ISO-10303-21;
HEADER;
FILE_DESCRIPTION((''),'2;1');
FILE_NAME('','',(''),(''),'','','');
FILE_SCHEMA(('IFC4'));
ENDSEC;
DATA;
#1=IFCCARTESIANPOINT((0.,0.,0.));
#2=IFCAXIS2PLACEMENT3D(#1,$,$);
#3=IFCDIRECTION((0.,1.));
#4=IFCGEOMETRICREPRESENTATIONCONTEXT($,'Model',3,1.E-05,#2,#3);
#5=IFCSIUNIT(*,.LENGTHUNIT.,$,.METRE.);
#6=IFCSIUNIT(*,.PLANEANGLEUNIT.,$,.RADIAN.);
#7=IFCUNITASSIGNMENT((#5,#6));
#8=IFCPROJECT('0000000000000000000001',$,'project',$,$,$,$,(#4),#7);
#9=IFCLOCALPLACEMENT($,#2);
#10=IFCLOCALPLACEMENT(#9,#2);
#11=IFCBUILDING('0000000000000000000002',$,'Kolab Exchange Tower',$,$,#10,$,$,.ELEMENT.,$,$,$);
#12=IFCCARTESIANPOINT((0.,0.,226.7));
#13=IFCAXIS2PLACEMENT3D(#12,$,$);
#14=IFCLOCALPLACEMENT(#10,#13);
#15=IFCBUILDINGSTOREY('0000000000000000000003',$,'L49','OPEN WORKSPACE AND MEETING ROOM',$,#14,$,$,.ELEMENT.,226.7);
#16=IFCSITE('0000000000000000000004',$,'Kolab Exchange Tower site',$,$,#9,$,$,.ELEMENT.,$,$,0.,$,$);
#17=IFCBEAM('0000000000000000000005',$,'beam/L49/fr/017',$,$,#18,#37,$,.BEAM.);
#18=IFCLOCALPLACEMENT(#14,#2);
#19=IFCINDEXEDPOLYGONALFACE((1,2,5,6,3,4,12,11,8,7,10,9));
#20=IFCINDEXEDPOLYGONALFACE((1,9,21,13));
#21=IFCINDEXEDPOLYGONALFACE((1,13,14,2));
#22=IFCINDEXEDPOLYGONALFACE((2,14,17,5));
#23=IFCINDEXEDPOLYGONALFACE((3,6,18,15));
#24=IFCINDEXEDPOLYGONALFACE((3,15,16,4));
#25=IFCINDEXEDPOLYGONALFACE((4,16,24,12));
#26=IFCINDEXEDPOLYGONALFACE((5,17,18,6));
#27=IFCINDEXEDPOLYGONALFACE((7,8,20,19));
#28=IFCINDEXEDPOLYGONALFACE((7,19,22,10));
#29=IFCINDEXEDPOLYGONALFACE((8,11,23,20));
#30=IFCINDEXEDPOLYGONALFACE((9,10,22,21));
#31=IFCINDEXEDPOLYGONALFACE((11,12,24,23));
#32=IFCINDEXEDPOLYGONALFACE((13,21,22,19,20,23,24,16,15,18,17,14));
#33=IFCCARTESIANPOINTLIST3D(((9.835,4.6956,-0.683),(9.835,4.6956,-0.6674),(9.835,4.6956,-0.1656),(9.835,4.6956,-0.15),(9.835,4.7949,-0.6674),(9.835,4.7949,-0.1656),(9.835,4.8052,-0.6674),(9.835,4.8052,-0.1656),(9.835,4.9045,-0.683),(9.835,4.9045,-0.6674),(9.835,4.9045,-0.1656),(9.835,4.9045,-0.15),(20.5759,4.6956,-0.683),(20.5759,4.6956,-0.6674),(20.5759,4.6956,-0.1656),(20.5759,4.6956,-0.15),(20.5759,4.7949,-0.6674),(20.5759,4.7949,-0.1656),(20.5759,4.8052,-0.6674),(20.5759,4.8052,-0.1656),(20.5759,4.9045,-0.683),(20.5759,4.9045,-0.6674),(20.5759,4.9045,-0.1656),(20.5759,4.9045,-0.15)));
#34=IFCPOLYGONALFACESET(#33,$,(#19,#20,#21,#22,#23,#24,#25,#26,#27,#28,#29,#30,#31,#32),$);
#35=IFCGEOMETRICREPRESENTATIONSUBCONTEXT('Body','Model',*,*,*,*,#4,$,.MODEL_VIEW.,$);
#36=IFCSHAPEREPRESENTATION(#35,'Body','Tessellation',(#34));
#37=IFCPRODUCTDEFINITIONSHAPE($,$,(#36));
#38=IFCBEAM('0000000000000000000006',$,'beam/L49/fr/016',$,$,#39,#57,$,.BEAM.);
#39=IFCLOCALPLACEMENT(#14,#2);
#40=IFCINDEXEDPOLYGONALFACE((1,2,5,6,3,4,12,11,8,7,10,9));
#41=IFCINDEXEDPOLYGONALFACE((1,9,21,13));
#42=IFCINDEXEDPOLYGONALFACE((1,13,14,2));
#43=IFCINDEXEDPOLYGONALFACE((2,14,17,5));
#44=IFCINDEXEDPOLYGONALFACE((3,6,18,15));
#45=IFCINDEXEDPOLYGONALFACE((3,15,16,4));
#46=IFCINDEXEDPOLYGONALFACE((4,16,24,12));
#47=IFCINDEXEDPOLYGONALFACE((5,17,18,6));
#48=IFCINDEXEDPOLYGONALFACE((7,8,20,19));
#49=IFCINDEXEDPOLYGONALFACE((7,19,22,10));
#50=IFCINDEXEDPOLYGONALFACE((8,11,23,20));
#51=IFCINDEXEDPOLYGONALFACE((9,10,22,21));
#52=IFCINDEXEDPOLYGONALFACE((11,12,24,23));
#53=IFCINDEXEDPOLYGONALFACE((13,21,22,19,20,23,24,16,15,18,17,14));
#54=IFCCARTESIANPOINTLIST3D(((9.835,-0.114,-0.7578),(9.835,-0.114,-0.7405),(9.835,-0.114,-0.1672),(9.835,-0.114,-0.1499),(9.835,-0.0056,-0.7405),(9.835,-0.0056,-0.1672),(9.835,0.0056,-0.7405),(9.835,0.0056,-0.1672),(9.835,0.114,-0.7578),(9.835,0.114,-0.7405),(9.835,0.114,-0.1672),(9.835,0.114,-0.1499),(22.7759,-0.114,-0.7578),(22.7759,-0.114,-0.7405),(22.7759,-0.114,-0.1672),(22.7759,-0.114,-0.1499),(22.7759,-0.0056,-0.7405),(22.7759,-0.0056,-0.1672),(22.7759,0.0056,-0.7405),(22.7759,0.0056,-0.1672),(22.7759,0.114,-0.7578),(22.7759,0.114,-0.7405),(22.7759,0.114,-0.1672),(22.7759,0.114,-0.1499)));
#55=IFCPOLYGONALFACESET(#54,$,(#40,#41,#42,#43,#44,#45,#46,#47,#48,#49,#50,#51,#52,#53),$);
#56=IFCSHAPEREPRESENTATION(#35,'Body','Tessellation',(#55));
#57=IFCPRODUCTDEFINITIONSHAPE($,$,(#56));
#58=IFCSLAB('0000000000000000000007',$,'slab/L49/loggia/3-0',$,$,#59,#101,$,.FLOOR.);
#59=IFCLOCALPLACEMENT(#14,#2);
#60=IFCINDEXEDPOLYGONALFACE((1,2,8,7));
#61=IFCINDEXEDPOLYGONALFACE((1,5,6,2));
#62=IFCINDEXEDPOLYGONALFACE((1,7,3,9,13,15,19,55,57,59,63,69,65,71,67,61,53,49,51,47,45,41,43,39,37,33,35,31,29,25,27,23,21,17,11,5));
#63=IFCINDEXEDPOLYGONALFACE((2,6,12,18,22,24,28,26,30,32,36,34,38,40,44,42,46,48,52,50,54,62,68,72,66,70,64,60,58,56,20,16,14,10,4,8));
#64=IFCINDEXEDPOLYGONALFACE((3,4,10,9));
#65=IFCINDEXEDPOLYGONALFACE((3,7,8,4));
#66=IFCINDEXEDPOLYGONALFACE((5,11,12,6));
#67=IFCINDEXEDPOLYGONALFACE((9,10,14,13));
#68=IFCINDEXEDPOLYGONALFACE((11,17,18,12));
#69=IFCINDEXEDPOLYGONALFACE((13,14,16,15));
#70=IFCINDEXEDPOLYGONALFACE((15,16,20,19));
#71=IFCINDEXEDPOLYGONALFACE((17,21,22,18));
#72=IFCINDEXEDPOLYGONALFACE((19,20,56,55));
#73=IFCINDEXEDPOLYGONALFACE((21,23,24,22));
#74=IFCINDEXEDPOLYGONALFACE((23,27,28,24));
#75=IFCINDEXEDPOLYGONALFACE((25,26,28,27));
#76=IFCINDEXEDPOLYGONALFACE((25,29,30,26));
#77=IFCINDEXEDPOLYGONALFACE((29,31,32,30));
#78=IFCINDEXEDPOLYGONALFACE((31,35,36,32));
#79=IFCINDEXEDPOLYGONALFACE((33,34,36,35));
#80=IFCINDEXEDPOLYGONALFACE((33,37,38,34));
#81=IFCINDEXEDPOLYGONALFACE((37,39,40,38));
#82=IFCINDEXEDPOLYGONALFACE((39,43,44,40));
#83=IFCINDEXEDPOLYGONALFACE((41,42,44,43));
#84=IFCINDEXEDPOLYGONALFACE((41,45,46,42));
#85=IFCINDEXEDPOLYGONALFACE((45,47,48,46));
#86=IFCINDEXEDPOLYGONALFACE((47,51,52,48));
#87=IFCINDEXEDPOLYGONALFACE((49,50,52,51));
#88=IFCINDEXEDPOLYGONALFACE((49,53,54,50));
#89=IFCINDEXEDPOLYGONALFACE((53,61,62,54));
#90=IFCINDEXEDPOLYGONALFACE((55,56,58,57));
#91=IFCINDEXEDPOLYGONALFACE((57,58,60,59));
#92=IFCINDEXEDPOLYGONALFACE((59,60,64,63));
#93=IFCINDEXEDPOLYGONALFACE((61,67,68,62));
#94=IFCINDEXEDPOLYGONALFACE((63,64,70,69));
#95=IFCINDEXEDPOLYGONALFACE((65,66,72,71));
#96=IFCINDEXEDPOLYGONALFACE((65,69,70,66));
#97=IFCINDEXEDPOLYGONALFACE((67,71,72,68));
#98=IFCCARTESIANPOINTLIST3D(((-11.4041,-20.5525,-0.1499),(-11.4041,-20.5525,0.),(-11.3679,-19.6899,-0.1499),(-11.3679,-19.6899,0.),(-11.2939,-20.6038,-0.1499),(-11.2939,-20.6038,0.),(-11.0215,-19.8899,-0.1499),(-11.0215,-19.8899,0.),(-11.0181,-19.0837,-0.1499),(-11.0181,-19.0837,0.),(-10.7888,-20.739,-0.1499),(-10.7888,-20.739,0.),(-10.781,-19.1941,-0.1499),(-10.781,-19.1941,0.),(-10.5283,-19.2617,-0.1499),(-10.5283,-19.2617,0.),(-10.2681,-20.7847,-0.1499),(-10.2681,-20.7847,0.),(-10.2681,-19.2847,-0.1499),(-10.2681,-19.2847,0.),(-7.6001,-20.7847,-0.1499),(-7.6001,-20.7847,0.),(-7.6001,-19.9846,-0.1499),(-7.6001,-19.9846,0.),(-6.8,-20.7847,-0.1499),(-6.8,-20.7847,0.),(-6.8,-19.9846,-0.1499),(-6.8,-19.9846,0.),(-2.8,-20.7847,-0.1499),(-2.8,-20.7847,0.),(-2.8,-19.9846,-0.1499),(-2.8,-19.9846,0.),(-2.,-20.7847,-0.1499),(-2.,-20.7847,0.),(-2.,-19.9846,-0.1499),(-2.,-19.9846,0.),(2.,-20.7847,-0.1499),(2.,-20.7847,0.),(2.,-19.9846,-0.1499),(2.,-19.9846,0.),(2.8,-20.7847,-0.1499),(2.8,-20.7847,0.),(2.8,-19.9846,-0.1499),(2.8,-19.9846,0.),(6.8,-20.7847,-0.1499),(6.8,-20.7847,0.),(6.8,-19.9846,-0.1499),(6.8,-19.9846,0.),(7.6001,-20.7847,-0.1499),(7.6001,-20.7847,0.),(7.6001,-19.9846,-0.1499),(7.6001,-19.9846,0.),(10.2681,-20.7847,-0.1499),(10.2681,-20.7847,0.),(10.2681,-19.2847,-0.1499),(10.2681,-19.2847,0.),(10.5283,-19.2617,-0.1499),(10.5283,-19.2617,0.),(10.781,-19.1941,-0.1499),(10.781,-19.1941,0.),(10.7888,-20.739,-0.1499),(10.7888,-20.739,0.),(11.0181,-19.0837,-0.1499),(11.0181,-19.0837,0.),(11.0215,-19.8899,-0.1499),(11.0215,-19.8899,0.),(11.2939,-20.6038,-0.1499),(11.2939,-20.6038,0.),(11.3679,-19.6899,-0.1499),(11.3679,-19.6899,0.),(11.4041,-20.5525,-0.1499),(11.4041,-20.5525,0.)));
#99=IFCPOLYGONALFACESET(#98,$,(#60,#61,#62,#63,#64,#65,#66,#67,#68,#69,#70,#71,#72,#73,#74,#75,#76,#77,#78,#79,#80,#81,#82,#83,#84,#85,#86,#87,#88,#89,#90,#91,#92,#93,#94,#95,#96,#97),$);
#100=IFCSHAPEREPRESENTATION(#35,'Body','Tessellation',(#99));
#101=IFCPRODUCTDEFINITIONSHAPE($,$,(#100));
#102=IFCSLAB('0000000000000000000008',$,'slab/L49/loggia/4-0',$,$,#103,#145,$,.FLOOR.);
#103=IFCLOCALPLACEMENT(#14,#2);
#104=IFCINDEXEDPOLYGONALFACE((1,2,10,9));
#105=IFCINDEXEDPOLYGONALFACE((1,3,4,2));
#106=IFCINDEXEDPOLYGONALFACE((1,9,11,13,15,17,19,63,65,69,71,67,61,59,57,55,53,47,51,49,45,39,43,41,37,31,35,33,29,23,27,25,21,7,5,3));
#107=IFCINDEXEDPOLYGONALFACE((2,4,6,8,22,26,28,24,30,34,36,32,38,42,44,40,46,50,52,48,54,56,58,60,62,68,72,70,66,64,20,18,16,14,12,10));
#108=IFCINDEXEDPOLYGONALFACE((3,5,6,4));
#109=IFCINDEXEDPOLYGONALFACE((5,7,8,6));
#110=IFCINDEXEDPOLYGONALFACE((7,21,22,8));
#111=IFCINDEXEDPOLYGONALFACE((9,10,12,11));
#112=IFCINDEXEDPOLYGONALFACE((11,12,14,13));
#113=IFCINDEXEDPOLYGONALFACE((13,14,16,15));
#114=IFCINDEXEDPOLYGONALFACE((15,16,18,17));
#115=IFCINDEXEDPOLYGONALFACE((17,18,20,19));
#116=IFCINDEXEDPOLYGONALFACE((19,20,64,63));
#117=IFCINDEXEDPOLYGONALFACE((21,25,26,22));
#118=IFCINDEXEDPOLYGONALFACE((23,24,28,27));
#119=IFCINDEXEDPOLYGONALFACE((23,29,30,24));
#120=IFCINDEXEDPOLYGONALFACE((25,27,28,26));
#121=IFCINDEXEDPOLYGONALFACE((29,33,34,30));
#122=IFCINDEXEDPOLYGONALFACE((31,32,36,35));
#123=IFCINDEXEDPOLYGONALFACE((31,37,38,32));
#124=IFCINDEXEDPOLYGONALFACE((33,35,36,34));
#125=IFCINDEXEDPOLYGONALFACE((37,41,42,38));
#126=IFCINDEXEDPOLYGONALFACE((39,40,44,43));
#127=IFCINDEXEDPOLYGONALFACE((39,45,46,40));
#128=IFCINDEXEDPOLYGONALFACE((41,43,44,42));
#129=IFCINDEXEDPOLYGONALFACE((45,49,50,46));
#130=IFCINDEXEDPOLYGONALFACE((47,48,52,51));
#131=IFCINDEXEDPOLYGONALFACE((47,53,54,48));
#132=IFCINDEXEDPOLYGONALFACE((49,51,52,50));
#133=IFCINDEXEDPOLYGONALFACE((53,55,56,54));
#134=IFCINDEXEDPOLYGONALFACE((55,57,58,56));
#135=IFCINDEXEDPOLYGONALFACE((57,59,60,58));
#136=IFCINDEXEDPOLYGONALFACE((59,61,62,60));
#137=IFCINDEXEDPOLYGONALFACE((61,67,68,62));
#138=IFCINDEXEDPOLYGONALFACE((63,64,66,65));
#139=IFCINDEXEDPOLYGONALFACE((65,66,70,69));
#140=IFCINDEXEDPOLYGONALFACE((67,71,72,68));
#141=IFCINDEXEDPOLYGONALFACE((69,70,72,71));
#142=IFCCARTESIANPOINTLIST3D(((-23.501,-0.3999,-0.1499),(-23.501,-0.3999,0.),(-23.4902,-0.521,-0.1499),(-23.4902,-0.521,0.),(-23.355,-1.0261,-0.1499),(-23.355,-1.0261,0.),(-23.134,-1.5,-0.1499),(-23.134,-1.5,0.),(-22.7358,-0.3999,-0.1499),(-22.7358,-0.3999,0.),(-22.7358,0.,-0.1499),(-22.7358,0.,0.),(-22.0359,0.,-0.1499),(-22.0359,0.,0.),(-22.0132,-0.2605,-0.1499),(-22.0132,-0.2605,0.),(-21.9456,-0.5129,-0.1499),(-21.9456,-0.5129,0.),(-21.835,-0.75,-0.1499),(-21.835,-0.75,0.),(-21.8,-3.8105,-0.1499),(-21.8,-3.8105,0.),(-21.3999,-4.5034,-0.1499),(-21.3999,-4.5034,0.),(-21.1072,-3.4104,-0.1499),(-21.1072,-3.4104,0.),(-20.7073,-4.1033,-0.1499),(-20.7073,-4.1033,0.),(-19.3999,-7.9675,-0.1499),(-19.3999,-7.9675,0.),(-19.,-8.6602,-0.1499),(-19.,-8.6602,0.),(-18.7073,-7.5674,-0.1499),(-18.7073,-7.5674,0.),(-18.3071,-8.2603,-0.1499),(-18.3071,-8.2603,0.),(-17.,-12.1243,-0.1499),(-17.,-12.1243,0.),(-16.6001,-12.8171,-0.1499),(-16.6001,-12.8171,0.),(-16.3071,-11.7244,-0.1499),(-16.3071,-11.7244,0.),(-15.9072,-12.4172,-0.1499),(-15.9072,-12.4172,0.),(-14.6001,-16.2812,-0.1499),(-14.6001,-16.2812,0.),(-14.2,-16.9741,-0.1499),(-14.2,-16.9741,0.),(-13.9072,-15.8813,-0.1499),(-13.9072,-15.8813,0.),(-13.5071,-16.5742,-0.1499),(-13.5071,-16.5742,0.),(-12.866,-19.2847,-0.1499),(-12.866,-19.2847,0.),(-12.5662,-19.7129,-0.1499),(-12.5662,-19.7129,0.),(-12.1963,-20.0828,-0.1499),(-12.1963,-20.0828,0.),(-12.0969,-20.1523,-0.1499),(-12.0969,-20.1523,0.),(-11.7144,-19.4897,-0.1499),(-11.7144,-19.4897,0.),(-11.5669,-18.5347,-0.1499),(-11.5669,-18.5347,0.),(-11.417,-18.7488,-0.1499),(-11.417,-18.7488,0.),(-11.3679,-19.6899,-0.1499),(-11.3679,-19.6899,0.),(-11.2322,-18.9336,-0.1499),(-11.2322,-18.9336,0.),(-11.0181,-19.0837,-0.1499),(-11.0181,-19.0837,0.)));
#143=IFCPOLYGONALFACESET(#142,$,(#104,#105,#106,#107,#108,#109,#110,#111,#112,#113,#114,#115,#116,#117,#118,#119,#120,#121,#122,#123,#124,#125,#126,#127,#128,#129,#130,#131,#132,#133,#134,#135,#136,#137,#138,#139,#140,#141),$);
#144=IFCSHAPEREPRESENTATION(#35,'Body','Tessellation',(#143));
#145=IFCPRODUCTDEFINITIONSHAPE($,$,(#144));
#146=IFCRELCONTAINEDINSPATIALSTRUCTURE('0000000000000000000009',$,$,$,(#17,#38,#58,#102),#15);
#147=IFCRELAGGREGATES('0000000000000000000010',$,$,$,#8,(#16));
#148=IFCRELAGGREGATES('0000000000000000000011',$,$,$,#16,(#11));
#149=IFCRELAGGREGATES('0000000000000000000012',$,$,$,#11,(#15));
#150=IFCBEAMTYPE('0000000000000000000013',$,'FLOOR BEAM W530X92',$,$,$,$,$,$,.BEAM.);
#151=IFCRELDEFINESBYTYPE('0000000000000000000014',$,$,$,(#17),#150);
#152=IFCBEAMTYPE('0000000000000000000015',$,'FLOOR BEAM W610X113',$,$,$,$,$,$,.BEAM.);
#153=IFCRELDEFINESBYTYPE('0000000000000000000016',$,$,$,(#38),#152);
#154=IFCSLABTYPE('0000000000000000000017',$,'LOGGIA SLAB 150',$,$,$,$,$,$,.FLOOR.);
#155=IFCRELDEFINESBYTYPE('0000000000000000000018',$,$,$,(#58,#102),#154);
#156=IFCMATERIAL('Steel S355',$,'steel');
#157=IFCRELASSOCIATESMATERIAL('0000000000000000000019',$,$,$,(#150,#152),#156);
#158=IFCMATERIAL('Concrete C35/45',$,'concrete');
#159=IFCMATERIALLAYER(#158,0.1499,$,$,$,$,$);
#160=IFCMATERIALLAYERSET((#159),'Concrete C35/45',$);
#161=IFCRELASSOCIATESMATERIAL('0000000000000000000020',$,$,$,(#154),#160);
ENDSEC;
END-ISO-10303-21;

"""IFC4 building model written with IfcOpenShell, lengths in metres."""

from ifc_helpers import new_model, si_unit, direction, frame, origin, origin_2d, place, context, subcontext, project, spatial, polyline, i_section, outline, extrude, material, layer, layer_set, material_profile, profile_set, type_object, element, save


model = new_model("IFC4")

# Units and contexts
model_context = context("Model", 3, precision=1e-05, world=origin(), true_north=direction((0.0, 1.0)))
body_context = subcontext(model_context, "Body", "Model", "MODEL_VIEW")
ifc_project = project(units=[si_unit("LENGTHUNIT", "METRE"), si_unit("PLANEANGLEUNIT", "RADIAN")], contexts=[model_context])

# Site, building, storey
site_placement = place(None, origin())
site = spatial("IfcSite", under=ifc_project, at=site_placement, Name="Kolab Exchange Tower site", CompositionType="ELEMENT", RefElevation=0.0)
building_placement = place(site_placement, origin())
building = spatial("IfcBuilding", under=site, at=building_placement, Name="Kolab Exchange Tower", CompositionType="ELEMENT")
storey_placement = place(building_placement, frame((0.0, 0.0, 226.7)))
storey = spatial("IfcBuildingStorey", under=building, at=storey_placement, Name="L49", Description="OPEN WORKSPACE AND MEETING ROOM", CompositionType="ELEMENT", Elevation=226.7)

# Beams
ifc_material_1 = material(Name="Steel S355", Category="steel")
ifc_material_profile_1 = material_profile(ifc_material_1, i_section(OverallWidth=0.209, OverallDepth=0.533, WebThickness=0.0103, FlangeThickness=0.0156, at=origin_2d()), Name="W530X92")
ifc_profile_set_1 = profile_set([ifc_material_profile_1], Name="Steel S355")
beam_type_1 = type_object("IfcBeamType", Name="FLOOR BEAM W530X92", PredefinedType="BEAM", material=ifc_profile_set_1)
beam_1_placement = place(storey_placement, frame((9.835, 4.8, -0.4165), z_axis=(1.0, 0.0, 0.0), x_axis=(0.0, 1.0, 0.0)))
element("IfcBeam", 1, at=beam_1_placement, inside=storey, type_object=beam_type_1, Name="beam/L49/fr/017", PredefinedType="BEAM", context=body_context, shape_type="SweptSolid", body=[
    extrude(i_section(OverallWidth=0.209, OverallDepth=0.533, WebThickness=0.0103, FlangeThickness=0.0156, at=origin_2d()), origin(), (0.0, 0.0, 1.0), 10.741),
])
ifc_material_profile_2 = material_profile(ifc_material_1, i_section(OverallWidth=0.228, OverallDepth=0.6079, WebThickness=0.0112, FlangeThickness=0.0173, at=origin_2d()), Name="W610X113")
ifc_profile_set_2 = profile_set([ifc_material_profile_2], Name="Steel S355")
beam_type_2 = type_object("IfcBeamType", Name="FLOOR BEAM W610X113", PredefinedType="BEAM", material=ifc_profile_set_2)
beam_2_placement = place(storey_placement, frame((9.835, 0.0, -0.4539), z_axis=(1.0, 0.0, 0.0), x_axis=(0.0, 1.0, 0.0)))
element("IfcBeam", 2, at=beam_2_placement, inside=storey, type_object=beam_type_2, Name="beam/L49/fr/016", PredefinedType="BEAM", context=body_context, shape_type="SweptSolid", body=[
    extrude(i_section(OverallWidth=0.228, OverallDepth=0.6079, WebThickness=0.0112, FlangeThickness=0.0173, at=origin_2d()), origin(), (0.0, 0.0, 1.0), 12.9409),
])

# Slabs
ifc_material_2 = material(Name="Concrete C35/45", Category="concrete")
ifc_layer_1 = layer(ifc_material_2, 0.1499)
ifc_layer_set_1 = layer_set([ifc_layer_1], Name="Concrete C35/45")
slab_type_1 = type_object("IfcSlabType", Name="LOGGIA SLAB 150", PredefinedType="FLOOR", material=ifc_layer_set_1)
slab_1_placement = place(storey_placement, frame((0.0, 0.0, -0.1499)))
element("IfcSlab", 3, at=slab_1_placement, inside=storey, type_object=slab_type_1, Name="slab/L49/loggia/3-0", PredefinedType="FLOOR", context=body_context, shape_type="SweptSolid", body=[
    extrude(outline(polyline([(-11.0181, -19.0837), (-11.3679, -19.6899), (-11.0215, -19.8899), (-11.4041, -20.5525), (-11.2939, -20.6038), (-10.7888, -20.739), (-10.2681, -20.7847), (-7.6001, -20.7847), (-7.6001, -19.9846), (-6.8, -19.9846), (-6.8, -20.7847), (-2.8, -20.7847), (-2.8, -19.9846), (-2.0, -19.9846), (-2.0, -20.7847), (2.0, -20.7847), (2.0, -19.9846), (2.8, -19.9846), (2.8, -20.7847), (6.8, -20.7847), (6.8, -19.9846), (7.6001, -19.9846), (7.6001, -20.7847), (10.2681, -20.7847), (10.7888, -20.739), (11.2939, -20.6038), (11.4041, -20.5525), (11.0215, -19.8899), (11.3679, -19.6899), (11.0181, -19.0837), (10.781, -19.1941), (10.5283, -19.2617), (10.2681, -19.2847), (-10.2681, -19.2847), (-10.5283, -19.2617), (-10.781, -19.1941), (-11.0181, -19.0837)])), origin(), (0.0, 0.0, 1.0), 0.1499),
])
slab_2_placement = place(storey_placement, frame((0.0, 0.0, -0.1499)))
element("IfcSlab", 4, at=slab_2_placement, inside=storey, type_object=slab_type_1, Name="slab/L49/loggia/4-0", PredefinedType="FLOOR", context=body_context, shape_type="SweptSolid", body=[
    extrude(outline(polyline([(-22.0359, 0.0), (-22.7358, 0.0), (-22.7358, -0.3999), (-23.501, -0.3999), (-23.4902, -0.521), (-23.355, -1.0261), (-23.134, -1.5), (-21.8, -3.8105), (-21.1072, -3.4104), (-20.7073, -4.1033), (-21.3999, -4.5034), (-19.3999, -7.9675), (-18.7073, -7.5674), (-18.3071, -8.2603), (-19.0, -8.6602), (-17.0, -12.1243), (-16.3071, -11.7244), (-15.9072, -12.4172), (-16.6001, -12.8171), (-14.6001, -16.2812), (-13.9072, -15.8813), (-13.5071, -16.5742), (-14.2, -16.9741), (-12.866, -19.2847), (-12.5662, -19.7129), (-12.1963, -20.0828), (-12.0969, -20.1523), (-11.7144, -19.4897), (-11.3679, -19.6899), (-11.0181, -19.0837), (-11.2322, -18.9336), (-11.417, -18.7488), (-11.5669, -18.5347), (-21.835, -0.75), (-21.9456, -0.5129), (-22.0132, -0.2605), (-22.0359, 0.0)])), origin(), (0.0, 0.0, 1.0), 0.1499),
])

save(model, "model.ifc")
